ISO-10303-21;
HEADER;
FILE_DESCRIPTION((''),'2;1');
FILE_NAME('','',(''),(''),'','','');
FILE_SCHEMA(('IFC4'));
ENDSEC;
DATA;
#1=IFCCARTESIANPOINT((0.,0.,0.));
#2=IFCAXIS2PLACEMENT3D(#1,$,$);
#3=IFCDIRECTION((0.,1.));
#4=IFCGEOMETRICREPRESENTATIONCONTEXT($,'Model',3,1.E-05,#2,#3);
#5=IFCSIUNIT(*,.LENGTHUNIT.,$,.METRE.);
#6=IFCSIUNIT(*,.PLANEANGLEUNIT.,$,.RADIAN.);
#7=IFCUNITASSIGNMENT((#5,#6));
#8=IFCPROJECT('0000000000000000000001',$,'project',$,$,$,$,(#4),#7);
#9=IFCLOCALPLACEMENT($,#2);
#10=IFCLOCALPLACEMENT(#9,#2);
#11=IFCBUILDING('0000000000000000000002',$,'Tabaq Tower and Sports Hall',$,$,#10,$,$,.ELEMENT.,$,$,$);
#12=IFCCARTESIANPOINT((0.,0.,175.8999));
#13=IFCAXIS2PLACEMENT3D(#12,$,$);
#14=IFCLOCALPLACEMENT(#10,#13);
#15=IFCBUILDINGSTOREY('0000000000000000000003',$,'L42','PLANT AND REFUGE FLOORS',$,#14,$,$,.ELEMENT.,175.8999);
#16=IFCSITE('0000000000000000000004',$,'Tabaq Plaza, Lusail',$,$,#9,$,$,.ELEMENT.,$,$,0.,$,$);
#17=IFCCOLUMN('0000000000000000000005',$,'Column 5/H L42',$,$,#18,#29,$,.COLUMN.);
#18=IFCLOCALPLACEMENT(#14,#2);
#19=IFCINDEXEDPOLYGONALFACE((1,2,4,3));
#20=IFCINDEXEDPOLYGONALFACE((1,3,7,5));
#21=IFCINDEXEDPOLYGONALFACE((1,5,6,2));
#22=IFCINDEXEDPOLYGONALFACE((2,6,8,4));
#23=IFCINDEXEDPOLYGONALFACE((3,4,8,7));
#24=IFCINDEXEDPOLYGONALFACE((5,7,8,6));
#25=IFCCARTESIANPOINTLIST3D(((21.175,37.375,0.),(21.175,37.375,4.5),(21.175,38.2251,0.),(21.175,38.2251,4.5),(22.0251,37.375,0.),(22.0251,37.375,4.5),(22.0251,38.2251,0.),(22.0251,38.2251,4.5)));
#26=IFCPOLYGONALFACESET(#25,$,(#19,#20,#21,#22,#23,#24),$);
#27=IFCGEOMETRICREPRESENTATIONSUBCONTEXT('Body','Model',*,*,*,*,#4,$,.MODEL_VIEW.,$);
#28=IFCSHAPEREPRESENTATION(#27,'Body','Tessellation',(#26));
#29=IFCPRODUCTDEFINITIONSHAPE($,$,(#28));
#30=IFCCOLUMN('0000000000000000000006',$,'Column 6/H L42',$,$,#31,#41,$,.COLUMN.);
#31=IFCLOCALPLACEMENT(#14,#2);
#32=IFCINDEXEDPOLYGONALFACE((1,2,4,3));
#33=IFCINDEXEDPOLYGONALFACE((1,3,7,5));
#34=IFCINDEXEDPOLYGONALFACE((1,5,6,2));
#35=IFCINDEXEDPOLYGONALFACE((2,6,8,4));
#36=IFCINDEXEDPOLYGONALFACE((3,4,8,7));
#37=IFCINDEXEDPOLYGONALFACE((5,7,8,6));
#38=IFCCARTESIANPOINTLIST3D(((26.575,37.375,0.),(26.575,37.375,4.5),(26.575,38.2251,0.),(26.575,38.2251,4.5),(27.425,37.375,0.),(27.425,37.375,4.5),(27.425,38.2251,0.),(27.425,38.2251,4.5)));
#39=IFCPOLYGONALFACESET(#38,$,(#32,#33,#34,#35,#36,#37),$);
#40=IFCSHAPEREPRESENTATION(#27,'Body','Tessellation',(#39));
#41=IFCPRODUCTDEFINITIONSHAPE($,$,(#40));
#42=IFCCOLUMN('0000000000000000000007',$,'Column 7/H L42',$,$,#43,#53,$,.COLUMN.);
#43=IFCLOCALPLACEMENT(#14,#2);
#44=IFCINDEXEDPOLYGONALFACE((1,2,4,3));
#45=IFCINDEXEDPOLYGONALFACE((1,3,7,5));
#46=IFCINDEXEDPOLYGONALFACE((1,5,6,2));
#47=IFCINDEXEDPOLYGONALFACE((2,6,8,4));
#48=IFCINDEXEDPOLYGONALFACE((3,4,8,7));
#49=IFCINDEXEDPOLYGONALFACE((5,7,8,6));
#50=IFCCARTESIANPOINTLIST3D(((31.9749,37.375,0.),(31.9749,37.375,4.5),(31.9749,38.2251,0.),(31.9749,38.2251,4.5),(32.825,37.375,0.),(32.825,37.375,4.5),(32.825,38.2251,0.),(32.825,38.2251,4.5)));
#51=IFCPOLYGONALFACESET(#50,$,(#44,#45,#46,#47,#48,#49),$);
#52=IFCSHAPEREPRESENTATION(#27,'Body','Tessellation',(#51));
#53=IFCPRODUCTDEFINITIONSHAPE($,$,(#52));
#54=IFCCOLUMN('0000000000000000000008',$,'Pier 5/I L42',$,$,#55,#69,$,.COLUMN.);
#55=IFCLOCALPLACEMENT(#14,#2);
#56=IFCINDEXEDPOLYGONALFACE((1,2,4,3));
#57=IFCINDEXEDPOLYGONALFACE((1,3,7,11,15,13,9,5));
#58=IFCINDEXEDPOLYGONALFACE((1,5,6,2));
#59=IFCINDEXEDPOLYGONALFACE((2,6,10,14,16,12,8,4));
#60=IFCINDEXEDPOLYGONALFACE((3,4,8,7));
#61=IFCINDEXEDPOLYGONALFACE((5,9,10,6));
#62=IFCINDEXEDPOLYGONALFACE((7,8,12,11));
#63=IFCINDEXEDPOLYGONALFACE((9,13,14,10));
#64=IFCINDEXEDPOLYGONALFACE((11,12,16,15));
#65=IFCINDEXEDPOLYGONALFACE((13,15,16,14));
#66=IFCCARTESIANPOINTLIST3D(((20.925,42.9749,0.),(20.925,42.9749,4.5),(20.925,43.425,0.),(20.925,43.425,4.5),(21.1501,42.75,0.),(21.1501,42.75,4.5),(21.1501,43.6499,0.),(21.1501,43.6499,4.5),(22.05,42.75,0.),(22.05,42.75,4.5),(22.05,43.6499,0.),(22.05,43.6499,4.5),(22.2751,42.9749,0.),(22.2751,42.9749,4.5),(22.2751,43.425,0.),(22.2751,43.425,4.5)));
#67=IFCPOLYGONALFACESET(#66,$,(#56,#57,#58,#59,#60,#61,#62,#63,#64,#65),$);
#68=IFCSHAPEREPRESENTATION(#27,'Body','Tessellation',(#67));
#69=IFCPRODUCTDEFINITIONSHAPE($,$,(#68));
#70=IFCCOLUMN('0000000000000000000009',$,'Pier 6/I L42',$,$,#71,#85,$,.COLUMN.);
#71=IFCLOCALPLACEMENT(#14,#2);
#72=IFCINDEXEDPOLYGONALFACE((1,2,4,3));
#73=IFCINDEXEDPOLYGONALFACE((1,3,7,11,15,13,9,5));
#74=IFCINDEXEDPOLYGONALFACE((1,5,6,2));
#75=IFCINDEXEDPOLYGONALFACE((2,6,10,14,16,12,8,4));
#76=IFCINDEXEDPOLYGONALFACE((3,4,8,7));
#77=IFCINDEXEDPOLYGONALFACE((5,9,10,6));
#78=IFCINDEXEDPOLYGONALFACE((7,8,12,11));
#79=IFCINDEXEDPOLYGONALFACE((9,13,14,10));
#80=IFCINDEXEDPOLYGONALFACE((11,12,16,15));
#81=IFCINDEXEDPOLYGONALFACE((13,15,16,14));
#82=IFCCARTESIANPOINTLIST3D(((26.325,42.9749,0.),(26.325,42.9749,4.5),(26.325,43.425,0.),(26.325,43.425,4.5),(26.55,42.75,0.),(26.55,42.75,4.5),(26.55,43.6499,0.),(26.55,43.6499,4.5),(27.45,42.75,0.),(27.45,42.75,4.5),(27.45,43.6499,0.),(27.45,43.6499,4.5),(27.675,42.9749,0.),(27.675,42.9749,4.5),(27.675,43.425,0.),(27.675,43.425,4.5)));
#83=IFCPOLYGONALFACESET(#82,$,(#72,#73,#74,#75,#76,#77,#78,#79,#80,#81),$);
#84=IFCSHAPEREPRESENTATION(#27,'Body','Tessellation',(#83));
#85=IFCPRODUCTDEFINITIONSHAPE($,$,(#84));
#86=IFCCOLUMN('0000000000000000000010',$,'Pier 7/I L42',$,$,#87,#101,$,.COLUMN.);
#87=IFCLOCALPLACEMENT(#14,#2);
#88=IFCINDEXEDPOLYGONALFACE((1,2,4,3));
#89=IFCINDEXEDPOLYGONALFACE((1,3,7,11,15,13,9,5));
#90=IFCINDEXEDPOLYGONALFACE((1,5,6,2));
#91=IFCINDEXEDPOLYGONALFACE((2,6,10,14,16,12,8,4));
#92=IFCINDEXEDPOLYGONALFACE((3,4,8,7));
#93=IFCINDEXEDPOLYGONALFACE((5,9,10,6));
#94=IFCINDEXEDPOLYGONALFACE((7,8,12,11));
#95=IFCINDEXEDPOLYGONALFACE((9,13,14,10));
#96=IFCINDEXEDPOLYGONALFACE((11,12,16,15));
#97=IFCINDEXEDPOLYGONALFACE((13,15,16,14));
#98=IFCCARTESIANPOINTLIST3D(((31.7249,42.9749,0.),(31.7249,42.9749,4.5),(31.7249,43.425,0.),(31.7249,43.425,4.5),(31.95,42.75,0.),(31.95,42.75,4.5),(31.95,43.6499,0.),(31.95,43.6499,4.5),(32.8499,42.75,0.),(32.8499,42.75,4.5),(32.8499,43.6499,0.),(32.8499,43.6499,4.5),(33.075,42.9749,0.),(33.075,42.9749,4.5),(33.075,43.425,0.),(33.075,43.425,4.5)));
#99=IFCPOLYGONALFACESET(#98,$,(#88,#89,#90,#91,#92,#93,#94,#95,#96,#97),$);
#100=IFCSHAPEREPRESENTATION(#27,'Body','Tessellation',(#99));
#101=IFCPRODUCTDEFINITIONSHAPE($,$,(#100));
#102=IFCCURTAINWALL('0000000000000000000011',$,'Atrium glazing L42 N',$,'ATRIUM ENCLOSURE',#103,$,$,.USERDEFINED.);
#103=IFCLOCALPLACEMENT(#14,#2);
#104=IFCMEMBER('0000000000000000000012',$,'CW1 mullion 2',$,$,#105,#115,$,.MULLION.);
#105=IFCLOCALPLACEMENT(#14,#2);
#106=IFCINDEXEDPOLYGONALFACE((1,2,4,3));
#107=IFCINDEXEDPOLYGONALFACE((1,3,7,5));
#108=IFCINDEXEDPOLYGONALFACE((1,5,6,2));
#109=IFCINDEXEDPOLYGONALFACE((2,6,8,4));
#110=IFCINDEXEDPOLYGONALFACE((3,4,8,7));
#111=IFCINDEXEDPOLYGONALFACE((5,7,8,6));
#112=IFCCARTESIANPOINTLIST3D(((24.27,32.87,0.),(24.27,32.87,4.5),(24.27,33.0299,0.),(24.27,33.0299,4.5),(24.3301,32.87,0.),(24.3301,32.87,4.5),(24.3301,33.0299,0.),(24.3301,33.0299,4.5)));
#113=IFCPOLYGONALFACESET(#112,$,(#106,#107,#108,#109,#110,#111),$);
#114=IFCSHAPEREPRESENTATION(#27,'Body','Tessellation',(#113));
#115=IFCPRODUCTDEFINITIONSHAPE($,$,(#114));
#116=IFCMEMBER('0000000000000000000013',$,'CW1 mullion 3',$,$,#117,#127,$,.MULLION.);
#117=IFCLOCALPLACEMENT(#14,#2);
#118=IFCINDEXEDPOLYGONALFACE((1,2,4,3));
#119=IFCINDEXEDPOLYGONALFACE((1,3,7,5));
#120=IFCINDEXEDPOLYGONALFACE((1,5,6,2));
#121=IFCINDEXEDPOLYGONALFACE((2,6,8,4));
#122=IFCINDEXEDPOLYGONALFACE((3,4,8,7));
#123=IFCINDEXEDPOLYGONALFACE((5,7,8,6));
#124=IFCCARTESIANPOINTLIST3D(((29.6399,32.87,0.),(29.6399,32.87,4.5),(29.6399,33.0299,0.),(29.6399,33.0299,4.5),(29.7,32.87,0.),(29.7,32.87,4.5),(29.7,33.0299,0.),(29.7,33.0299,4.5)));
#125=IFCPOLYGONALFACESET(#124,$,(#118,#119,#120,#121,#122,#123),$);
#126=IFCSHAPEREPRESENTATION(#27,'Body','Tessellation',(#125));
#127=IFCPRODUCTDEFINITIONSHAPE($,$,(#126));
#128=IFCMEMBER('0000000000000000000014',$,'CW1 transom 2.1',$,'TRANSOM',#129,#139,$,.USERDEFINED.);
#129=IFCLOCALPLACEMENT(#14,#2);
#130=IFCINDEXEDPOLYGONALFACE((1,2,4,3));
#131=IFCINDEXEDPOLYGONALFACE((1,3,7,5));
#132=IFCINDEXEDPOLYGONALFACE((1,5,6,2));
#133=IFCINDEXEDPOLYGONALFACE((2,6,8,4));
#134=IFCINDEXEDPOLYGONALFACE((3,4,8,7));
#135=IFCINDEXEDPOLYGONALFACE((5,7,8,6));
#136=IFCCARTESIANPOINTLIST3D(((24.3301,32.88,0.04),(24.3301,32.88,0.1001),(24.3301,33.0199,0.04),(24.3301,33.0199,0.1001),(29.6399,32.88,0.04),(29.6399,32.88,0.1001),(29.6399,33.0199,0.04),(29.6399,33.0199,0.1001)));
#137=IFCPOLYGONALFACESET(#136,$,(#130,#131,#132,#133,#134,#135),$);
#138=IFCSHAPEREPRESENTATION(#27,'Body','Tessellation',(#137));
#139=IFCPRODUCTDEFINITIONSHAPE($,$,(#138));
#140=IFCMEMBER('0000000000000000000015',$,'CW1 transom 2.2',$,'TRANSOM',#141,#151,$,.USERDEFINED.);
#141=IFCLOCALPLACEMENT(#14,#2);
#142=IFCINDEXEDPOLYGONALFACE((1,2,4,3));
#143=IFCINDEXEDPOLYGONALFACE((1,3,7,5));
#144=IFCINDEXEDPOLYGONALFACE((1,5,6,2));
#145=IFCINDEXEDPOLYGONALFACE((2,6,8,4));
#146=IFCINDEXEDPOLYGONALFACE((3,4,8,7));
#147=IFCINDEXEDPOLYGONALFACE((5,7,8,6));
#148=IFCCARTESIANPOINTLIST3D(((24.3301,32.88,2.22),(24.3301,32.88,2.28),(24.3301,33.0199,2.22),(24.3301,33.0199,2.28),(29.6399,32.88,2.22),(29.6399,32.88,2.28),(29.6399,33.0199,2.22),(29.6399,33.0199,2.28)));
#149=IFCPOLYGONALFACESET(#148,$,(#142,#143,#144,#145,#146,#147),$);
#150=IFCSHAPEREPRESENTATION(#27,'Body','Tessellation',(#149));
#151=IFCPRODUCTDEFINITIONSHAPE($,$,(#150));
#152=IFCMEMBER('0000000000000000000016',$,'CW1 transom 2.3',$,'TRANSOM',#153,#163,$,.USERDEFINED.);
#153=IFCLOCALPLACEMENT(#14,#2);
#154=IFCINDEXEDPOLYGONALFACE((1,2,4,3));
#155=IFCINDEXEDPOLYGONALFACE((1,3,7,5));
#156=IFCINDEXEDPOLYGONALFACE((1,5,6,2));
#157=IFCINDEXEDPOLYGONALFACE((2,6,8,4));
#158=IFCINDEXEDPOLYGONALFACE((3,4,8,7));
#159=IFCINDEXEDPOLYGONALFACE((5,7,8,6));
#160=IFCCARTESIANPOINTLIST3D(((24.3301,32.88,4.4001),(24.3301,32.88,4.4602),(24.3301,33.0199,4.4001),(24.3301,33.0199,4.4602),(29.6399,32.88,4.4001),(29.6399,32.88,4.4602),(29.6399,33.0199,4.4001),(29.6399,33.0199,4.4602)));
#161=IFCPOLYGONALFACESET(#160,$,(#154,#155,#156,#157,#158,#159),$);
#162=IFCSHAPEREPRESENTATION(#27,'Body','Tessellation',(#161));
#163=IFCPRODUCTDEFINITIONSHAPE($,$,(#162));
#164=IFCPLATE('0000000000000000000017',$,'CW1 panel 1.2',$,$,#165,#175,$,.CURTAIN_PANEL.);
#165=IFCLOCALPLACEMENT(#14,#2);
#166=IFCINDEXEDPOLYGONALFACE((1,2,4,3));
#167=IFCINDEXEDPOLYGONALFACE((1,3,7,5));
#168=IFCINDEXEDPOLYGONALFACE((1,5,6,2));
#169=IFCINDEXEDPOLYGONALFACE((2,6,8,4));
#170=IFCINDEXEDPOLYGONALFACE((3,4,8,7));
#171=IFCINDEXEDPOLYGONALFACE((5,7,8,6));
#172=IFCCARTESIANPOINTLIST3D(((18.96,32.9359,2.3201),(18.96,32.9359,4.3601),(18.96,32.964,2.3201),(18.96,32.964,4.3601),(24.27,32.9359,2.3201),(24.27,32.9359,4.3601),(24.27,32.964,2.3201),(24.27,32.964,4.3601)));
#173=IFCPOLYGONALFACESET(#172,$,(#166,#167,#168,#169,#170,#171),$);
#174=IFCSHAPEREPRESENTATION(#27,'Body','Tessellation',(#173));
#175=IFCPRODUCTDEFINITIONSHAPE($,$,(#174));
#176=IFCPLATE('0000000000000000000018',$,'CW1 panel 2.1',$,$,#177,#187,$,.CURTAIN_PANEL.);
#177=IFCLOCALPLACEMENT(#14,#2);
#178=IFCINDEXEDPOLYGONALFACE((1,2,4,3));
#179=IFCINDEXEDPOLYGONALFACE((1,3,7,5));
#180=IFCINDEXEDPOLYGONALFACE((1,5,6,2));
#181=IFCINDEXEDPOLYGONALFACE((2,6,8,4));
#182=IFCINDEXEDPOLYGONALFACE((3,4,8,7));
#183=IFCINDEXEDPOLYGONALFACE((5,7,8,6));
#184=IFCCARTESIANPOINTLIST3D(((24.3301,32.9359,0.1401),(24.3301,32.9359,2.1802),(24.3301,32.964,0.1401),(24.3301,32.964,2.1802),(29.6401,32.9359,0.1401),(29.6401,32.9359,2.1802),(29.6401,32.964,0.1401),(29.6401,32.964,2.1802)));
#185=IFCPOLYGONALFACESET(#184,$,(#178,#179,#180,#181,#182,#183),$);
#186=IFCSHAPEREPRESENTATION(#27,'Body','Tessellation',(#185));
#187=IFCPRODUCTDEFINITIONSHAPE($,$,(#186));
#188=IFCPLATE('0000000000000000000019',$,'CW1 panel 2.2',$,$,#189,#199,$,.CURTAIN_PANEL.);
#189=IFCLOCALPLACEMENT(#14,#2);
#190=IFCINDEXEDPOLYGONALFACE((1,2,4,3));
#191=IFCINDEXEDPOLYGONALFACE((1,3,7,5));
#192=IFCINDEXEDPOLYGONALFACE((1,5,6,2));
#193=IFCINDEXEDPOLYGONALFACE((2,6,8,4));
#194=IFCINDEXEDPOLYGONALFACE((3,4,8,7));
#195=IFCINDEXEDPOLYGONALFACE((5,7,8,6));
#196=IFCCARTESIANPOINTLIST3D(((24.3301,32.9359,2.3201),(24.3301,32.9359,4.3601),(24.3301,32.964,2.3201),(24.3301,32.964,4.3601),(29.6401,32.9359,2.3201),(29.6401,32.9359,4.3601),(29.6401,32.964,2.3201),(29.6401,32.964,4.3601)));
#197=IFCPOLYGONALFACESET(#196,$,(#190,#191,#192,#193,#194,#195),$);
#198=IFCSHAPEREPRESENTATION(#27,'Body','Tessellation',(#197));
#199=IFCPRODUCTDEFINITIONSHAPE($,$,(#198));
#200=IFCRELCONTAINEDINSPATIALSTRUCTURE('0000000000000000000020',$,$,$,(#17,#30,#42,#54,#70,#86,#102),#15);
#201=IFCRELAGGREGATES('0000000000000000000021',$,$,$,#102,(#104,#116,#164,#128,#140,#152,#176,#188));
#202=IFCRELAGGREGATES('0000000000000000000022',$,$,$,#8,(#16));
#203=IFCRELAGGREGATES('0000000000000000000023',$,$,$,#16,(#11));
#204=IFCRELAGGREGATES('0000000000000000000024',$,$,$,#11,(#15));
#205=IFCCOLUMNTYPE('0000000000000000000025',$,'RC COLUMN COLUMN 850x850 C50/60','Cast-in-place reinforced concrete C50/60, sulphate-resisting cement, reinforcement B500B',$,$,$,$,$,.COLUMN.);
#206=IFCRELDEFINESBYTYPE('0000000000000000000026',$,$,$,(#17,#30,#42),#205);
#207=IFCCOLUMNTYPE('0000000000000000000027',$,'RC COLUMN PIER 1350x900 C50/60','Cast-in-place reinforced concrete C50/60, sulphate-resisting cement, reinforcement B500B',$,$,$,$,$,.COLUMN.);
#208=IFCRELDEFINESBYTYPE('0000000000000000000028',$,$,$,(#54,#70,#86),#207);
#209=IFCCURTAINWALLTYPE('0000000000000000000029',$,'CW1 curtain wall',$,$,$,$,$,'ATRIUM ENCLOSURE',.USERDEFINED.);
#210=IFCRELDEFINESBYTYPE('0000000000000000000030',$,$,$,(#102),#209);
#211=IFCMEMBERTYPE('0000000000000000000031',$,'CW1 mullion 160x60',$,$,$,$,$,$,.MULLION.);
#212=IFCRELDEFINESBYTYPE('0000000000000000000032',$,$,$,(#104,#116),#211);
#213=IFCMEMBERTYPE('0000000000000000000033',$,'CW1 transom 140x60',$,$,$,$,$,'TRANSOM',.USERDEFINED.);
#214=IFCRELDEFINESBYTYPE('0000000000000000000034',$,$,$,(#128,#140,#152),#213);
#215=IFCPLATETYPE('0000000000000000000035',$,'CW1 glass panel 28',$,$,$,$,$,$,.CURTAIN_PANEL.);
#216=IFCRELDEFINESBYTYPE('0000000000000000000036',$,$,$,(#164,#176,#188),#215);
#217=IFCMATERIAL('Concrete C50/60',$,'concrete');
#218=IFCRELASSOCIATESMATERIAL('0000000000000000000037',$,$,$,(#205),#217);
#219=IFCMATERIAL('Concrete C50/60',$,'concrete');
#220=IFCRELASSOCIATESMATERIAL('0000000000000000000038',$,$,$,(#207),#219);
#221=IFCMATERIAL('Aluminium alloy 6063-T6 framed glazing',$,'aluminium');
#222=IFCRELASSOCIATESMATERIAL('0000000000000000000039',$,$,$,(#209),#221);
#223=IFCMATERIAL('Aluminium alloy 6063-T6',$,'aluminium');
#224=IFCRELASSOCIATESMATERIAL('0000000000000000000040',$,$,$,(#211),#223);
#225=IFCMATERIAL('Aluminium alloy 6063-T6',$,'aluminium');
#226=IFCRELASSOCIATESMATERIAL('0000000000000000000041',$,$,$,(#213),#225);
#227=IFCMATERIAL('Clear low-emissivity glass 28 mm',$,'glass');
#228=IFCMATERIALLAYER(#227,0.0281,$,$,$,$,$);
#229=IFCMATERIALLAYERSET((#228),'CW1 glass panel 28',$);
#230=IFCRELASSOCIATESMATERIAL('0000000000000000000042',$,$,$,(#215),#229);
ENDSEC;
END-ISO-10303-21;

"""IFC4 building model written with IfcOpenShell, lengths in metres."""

from ifc_helpers import new_model, si_unit, direction, frame, origin, origin_2d, place, context, subcontext, project, spatial, polyline, rectangle, outline, extrude, material, layer, layer_set, material_profile, profile_set, type_object, element, aggregate, save


model = new_model("IFC4")

# Units and contexts
model_context = context("Model", 3, precision=1e-05, world=origin(), true_north=direction((0.0, 1.0)))
body_context = subcontext(model_context, "Body", "Model", "MODEL_VIEW")
ifc_project = project(units=[si_unit("LENGTHUNIT", "METRE"), si_unit("PLANEANGLEUNIT", "RADIAN")], contexts=[model_context])

# Site, building, storey
site_placement = place(None, origin())
site = spatial("IfcSite", under=ifc_project, at=site_placement, Name="Tabaq Plaza, Lusail", CompositionType="ELEMENT", RefElevation=0.0)
building_placement = place(site_placement, origin())
building = spatial("IfcBuilding", under=site, at=building_placement, Name="Tabaq Tower and Sports Hall", CompositionType="ELEMENT")
storey_placement = place(building_placement, frame((0.0, 0.0, 175.8999)))
storey = spatial("IfcBuildingStorey", under=building, at=storey_placement, Name="L42", Description="PLANT AND REFUGE FLOORS", CompositionType="ELEMENT", Elevation=175.8999)

# Columns
ifc_material_1 = material(Name="Concrete C50/60", Category="concrete")
ifc_material_profile_1 = material_profile(ifc_material_1, rectangle(XDim=0.8501, YDim=0.8501, at=origin_2d()), Name="COLUMN 850x850")
ifc_profile_set_1 = profile_set([ifc_material_profile_1], Name="Concrete C50/60")
column_type_1 = type_object("IfcColumnType", Name="RC COLUMN COLUMN 850x850 C50/60", Description="Cast-in-place reinforced concrete C50/60, sulphate-resisting cement, reinforcement B500B", PredefinedType="COLUMN", material=ifc_profile_set_1)
for number, where, z_axis, x_axis, name in (
    (1, (21.6001, 37.8, 0.0), (0.0, 0.0, 1.0), (1.0, 0.0, 0.0), "Column 5/H L42"),
    (2, (27.0, 37.8, 0.0), (0.0, 0.0, 1.0), (1.0, 0.0, 0.0), "Column 6/H L42"),
    (3, (32.3999, 37.8, 0.0), (0.0, 0.0, 1.0), (1.0, 0.0, 0.0), "Column 7/H L42"),
):
    element("IfcColumn", number, at=place(storey_placement, frame(where, z_axis=z_axis, x_axis=x_axis)), inside=storey, type_object=column_type_1, Name=name, PredefinedType="COLUMN", context=body_context, shape_type="SweptSolid", body=[
        extrude(rectangle(XDim=0.8501, YDim=0.8501, at=origin_2d()), origin(), (0.0, 0.0, 1.0), 4.5),
    ])
ifc_material_2 = material(Name="Concrete C50/60", Category="concrete")
ifc_material_profile_2 = material_profile(ifc_material_2, outline(polyline([(-0.45, -0.45), (0.45, -0.45), (0.675, -0.2251), (0.675, 0.2251), (0.45, 0.45), (-0.45, 0.45), (-0.675, 0.2251), (-0.675, -0.2251), (-0.45, -0.45)])), Name="PIER 1350x900")
ifc_profile_set_2 = profile_set([ifc_material_profile_2], Name="Concrete C50/60")
column_type_2 = type_object("IfcColumnType", Name="RC COLUMN PIER 1350x900 C50/60", Description="Cast-in-place reinforced concrete C50/60, sulphate-resisting cement, reinforcement B500B", PredefinedType="COLUMN", material=ifc_profile_set_2)
for number, where, z_axis, x_axis, name in (
    (4, (21.6001, 43.2, 0.0), (0.0, 0.0, 1.0), (1.0, 0.0, 0.0), "Pier 5/I L42"),
    (5, (27.0, 43.2, 0.0), (0.0, 0.0, 1.0), (1.0, 0.0, 0.0), "Pier 6/I L42"),
    (6, (32.3999, 43.2, 0.0), (0.0, 0.0, 1.0), (1.0, 0.0, 0.0), "Pier 7/I L42"),
):
    element("IfcColumn", number, at=place(storey_placement, frame(where, z_axis=z_axis, x_axis=x_axis)), inside=storey, type_object=column_type_2, Name=name, PredefinedType="COLUMN", context=body_context, shape_type="SweptSolid", body=[
        extrude(outline(polyline([(-0.45, -0.45), (0.45, -0.45), (0.675, -0.2251), (0.675, 0.2251), (0.45, 0.45), (-0.45, 0.45), (-0.675, 0.2251), (-0.675, -0.2251), (-0.45, -0.45)])), origin(), (0.0, 0.0, 1.0), 4.5),
    ])

# Curtain wall, members, plates
ifc_material_3 = material(Name="Aluminium alloy 6063-T6 framed glazing", Category="aluminium")
curtain_wall_type = type_object("IfcCurtainWallType", Name="CW1 curtain wall", ElementType="ATRIUM ENCLOSURE", PredefinedType="USERDEFINED", material=ifc_material_3)
curtain_wall_placement = place(storey_placement, origin())
curtain_wall = element("IfcCurtainWall", 7, at=curtain_wall_placement, inside=storey, type_object=curtain_wall_type, Name="Atrium glazing L42 N", ObjectType="ATRIUM ENCLOSURE", PredefinedType="USERDEFINED")
ifc_material_4 = material(Name="Aluminium alloy 6063-T6", Category="aluminium")
ifc_material_profile_3 = material_profile(ifc_material_4, rectangle(XDim=0.1599, YDim=0.0601, at=origin_2d()), Name="MULLION 160x60")
ifc_profile_set_3 = profile_set([ifc_material_profile_3], Name="Aluminium alloy 6063-T6")
member_type_1 = type_object("IfcMemberType", Name="CW1 mullion 160x60", PredefinedType="MULLION", material=ifc_profile_set_3)
member_1_placement = place(storey_placement, frame((24.3, 32.95, 0.0), z_axis=(0.0, 0.0, 1.0), x_axis=(0.0, 1.0, 0.0)))
member_1 = element("IfcMember", 8, at=member_1_placement, type_object=member_type_1, Name="CW1 mullion 2", PredefinedType="MULLION", context=body_context, shape_type="SweptSolid", body=[
    extrude(rectangle(XDim=0.1599, YDim=0.0601, at=origin_2d()), origin(), (0.0, 0.0, 1.0), 4.5),
])
member_2_placement = place(storey_placement, frame((29.6699, 32.95, 0.0), z_axis=(0.0, 0.0, 1.0), x_axis=(0.0, 1.0, 0.0)))
member_2 = element("IfcMember", 9, at=member_2_placement, type_object=member_type_1, Name="CW1 mullion 3", PredefinedType="MULLION", context=body_context, shape_type="SweptSolid", body=[
    extrude(rectangle(XDim=0.1599, YDim=0.0601, at=origin_2d()), origin(), (0.0, 0.0, 1.0), 4.5),
])
ifc_material_5 = material(Name="Aluminium alloy 6063-T6", Category="aluminium")
ifc_material_profile_4 = material_profile(ifc_material_5, rectangle(XDim=0.1399, YDim=0.0601, at=origin_2d()), Name="TRANSOM 140x60")
ifc_profile_set_4 = profile_set([ifc_material_profile_4], Name="Aluminium alloy 6063-T6")
member_type_2 = type_object("IfcMemberType", Name="CW1 transom 140x60", ElementType="TRANSOM", PredefinedType="USERDEFINED", material=ifc_profile_set_4)
member_3_placement = place(storey_placement, frame((24.3301, 32.95, 0.0701), z_axis=(1.0, 0.0, 0.0), x_axis=(0.0, 1.0, 0.0)))
member_3 = element("IfcMember", 10, at=member_3_placement, type_object=member_type_2, Name="CW1 transom 2.1", ObjectType="TRANSOM", PredefinedType="USERDEFINED", context=body_context, shape_type="SweptSolid", body=[
    extrude(rectangle(XDim=0.1399, YDim=0.0601, at=origin_2d()), origin(), (0.0, 0.0, 1.0), 5.3098),
])
member_4_placement = place(storey_placement, frame((24.3301, 32.95, 2.25), z_axis=(1.0, 0.0, 0.0), x_axis=(0.0, 1.0, 0.0)))
member_4 = element("IfcMember", 11, at=member_4_placement, type_object=member_type_2, Name="CW1 transom 2.2", ObjectType="TRANSOM", PredefinedType="USERDEFINED", context=body_context, shape_type="SweptSolid", body=[
    extrude(rectangle(XDim=0.1399, YDim=0.0601, at=origin_2d()), origin(), (0.0, 0.0, 1.0), 5.3098),
])
member_5_placement = place(storey_placement, frame((24.3301, 32.95, 4.4302), z_axis=(1.0, 0.0, 0.0), x_axis=(0.0, 1.0, 0.0)))
member_5 = element("IfcMember", 12, at=member_5_placement, type_object=member_type_2, Name="CW1 transom 2.3", ObjectType="TRANSOM", PredefinedType="USERDEFINED", context=body_context, shape_type="SweptSolid", body=[
    extrude(rectangle(XDim=0.1399, YDim=0.0601, at=origin_2d()), origin(), (0.0, 0.0, 1.0), 5.3098),
])
ifc_material_6 = material(Name="Clear low-emissivity glass 28 mm", Category="glass")
ifc_layer_1 = layer(ifc_material_6, 0.0281)
ifc_layer_set_1 = layer_set([ifc_layer_1], Name="CW1 glass panel 28")
plate_type_1 = type_object("IfcPlateType", Name="CW1 glass panel 28", PredefinedType="CURTAIN_PANEL", material=ifc_layer_set_1)
plate_1_placement = place(storey_placement, frame((21.615, 32.95, 2.3201), z_axis=(0.0, 0.0, 1.0), x_axis=(1.0, 0.0, 0.0)))
plate_1 = element("IfcPlate", 13, at=plate_1_placement, type_object=plate_type_1, Name="CW1 panel 1.2", PredefinedType="CURTAIN_PANEL", context=body_context, shape_type="SweptSolid", body=[
    extrude(rectangle(XDim=5.3101, YDim=0.0281, at=origin_2d()), origin(), (0.0, 0.0, 1.0), 2.04),
])
plate_2_placement = place(storey_placement, frame((26.9851, 32.95, 0.1401), z_axis=(0.0, 0.0, 1.0), x_axis=(1.0, 0.0, 0.0)))
plate_2 = element("IfcPlate", 14, at=plate_2_placement, type_object=plate_type_1, Name="CW1 panel 2.1", PredefinedType="CURTAIN_PANEL", context=body_context, shape_type="SweptSolid", body=[
    extrude(rectangle(XDim=5.3101, YDim=0.0281, at=origin_2d()), origin(), (0.0, 0.0, 1.0), 2.04),
])
plate_3_placement = place(storey_placement, frame((26.9851, 32.95, 2.3201), z_axis=(0.0, 0.0, 1.0), x_axis=(1.0, 0.0, 0.0)))
plate_3 = element("IfcPlate", 15, at=plate_3_placement, type_object=plate_type_1, Name="CW1 panel 2.2", PredefinedType="CURTAIN_PANEL", context=body_context, shape_type="SweptSolid", body=[
    extrude(rectangle(XDim=5.3101, YDim=0.0281, at=origin_2d()), origin(), (0.0, 0.0, 1.0), 2.04),
])
aggregate(curtain_wall, [member_1, member_2, plate_1, member_3, member_4, member_5, plate_2, plate_3])

save(model, "model.ifc")
